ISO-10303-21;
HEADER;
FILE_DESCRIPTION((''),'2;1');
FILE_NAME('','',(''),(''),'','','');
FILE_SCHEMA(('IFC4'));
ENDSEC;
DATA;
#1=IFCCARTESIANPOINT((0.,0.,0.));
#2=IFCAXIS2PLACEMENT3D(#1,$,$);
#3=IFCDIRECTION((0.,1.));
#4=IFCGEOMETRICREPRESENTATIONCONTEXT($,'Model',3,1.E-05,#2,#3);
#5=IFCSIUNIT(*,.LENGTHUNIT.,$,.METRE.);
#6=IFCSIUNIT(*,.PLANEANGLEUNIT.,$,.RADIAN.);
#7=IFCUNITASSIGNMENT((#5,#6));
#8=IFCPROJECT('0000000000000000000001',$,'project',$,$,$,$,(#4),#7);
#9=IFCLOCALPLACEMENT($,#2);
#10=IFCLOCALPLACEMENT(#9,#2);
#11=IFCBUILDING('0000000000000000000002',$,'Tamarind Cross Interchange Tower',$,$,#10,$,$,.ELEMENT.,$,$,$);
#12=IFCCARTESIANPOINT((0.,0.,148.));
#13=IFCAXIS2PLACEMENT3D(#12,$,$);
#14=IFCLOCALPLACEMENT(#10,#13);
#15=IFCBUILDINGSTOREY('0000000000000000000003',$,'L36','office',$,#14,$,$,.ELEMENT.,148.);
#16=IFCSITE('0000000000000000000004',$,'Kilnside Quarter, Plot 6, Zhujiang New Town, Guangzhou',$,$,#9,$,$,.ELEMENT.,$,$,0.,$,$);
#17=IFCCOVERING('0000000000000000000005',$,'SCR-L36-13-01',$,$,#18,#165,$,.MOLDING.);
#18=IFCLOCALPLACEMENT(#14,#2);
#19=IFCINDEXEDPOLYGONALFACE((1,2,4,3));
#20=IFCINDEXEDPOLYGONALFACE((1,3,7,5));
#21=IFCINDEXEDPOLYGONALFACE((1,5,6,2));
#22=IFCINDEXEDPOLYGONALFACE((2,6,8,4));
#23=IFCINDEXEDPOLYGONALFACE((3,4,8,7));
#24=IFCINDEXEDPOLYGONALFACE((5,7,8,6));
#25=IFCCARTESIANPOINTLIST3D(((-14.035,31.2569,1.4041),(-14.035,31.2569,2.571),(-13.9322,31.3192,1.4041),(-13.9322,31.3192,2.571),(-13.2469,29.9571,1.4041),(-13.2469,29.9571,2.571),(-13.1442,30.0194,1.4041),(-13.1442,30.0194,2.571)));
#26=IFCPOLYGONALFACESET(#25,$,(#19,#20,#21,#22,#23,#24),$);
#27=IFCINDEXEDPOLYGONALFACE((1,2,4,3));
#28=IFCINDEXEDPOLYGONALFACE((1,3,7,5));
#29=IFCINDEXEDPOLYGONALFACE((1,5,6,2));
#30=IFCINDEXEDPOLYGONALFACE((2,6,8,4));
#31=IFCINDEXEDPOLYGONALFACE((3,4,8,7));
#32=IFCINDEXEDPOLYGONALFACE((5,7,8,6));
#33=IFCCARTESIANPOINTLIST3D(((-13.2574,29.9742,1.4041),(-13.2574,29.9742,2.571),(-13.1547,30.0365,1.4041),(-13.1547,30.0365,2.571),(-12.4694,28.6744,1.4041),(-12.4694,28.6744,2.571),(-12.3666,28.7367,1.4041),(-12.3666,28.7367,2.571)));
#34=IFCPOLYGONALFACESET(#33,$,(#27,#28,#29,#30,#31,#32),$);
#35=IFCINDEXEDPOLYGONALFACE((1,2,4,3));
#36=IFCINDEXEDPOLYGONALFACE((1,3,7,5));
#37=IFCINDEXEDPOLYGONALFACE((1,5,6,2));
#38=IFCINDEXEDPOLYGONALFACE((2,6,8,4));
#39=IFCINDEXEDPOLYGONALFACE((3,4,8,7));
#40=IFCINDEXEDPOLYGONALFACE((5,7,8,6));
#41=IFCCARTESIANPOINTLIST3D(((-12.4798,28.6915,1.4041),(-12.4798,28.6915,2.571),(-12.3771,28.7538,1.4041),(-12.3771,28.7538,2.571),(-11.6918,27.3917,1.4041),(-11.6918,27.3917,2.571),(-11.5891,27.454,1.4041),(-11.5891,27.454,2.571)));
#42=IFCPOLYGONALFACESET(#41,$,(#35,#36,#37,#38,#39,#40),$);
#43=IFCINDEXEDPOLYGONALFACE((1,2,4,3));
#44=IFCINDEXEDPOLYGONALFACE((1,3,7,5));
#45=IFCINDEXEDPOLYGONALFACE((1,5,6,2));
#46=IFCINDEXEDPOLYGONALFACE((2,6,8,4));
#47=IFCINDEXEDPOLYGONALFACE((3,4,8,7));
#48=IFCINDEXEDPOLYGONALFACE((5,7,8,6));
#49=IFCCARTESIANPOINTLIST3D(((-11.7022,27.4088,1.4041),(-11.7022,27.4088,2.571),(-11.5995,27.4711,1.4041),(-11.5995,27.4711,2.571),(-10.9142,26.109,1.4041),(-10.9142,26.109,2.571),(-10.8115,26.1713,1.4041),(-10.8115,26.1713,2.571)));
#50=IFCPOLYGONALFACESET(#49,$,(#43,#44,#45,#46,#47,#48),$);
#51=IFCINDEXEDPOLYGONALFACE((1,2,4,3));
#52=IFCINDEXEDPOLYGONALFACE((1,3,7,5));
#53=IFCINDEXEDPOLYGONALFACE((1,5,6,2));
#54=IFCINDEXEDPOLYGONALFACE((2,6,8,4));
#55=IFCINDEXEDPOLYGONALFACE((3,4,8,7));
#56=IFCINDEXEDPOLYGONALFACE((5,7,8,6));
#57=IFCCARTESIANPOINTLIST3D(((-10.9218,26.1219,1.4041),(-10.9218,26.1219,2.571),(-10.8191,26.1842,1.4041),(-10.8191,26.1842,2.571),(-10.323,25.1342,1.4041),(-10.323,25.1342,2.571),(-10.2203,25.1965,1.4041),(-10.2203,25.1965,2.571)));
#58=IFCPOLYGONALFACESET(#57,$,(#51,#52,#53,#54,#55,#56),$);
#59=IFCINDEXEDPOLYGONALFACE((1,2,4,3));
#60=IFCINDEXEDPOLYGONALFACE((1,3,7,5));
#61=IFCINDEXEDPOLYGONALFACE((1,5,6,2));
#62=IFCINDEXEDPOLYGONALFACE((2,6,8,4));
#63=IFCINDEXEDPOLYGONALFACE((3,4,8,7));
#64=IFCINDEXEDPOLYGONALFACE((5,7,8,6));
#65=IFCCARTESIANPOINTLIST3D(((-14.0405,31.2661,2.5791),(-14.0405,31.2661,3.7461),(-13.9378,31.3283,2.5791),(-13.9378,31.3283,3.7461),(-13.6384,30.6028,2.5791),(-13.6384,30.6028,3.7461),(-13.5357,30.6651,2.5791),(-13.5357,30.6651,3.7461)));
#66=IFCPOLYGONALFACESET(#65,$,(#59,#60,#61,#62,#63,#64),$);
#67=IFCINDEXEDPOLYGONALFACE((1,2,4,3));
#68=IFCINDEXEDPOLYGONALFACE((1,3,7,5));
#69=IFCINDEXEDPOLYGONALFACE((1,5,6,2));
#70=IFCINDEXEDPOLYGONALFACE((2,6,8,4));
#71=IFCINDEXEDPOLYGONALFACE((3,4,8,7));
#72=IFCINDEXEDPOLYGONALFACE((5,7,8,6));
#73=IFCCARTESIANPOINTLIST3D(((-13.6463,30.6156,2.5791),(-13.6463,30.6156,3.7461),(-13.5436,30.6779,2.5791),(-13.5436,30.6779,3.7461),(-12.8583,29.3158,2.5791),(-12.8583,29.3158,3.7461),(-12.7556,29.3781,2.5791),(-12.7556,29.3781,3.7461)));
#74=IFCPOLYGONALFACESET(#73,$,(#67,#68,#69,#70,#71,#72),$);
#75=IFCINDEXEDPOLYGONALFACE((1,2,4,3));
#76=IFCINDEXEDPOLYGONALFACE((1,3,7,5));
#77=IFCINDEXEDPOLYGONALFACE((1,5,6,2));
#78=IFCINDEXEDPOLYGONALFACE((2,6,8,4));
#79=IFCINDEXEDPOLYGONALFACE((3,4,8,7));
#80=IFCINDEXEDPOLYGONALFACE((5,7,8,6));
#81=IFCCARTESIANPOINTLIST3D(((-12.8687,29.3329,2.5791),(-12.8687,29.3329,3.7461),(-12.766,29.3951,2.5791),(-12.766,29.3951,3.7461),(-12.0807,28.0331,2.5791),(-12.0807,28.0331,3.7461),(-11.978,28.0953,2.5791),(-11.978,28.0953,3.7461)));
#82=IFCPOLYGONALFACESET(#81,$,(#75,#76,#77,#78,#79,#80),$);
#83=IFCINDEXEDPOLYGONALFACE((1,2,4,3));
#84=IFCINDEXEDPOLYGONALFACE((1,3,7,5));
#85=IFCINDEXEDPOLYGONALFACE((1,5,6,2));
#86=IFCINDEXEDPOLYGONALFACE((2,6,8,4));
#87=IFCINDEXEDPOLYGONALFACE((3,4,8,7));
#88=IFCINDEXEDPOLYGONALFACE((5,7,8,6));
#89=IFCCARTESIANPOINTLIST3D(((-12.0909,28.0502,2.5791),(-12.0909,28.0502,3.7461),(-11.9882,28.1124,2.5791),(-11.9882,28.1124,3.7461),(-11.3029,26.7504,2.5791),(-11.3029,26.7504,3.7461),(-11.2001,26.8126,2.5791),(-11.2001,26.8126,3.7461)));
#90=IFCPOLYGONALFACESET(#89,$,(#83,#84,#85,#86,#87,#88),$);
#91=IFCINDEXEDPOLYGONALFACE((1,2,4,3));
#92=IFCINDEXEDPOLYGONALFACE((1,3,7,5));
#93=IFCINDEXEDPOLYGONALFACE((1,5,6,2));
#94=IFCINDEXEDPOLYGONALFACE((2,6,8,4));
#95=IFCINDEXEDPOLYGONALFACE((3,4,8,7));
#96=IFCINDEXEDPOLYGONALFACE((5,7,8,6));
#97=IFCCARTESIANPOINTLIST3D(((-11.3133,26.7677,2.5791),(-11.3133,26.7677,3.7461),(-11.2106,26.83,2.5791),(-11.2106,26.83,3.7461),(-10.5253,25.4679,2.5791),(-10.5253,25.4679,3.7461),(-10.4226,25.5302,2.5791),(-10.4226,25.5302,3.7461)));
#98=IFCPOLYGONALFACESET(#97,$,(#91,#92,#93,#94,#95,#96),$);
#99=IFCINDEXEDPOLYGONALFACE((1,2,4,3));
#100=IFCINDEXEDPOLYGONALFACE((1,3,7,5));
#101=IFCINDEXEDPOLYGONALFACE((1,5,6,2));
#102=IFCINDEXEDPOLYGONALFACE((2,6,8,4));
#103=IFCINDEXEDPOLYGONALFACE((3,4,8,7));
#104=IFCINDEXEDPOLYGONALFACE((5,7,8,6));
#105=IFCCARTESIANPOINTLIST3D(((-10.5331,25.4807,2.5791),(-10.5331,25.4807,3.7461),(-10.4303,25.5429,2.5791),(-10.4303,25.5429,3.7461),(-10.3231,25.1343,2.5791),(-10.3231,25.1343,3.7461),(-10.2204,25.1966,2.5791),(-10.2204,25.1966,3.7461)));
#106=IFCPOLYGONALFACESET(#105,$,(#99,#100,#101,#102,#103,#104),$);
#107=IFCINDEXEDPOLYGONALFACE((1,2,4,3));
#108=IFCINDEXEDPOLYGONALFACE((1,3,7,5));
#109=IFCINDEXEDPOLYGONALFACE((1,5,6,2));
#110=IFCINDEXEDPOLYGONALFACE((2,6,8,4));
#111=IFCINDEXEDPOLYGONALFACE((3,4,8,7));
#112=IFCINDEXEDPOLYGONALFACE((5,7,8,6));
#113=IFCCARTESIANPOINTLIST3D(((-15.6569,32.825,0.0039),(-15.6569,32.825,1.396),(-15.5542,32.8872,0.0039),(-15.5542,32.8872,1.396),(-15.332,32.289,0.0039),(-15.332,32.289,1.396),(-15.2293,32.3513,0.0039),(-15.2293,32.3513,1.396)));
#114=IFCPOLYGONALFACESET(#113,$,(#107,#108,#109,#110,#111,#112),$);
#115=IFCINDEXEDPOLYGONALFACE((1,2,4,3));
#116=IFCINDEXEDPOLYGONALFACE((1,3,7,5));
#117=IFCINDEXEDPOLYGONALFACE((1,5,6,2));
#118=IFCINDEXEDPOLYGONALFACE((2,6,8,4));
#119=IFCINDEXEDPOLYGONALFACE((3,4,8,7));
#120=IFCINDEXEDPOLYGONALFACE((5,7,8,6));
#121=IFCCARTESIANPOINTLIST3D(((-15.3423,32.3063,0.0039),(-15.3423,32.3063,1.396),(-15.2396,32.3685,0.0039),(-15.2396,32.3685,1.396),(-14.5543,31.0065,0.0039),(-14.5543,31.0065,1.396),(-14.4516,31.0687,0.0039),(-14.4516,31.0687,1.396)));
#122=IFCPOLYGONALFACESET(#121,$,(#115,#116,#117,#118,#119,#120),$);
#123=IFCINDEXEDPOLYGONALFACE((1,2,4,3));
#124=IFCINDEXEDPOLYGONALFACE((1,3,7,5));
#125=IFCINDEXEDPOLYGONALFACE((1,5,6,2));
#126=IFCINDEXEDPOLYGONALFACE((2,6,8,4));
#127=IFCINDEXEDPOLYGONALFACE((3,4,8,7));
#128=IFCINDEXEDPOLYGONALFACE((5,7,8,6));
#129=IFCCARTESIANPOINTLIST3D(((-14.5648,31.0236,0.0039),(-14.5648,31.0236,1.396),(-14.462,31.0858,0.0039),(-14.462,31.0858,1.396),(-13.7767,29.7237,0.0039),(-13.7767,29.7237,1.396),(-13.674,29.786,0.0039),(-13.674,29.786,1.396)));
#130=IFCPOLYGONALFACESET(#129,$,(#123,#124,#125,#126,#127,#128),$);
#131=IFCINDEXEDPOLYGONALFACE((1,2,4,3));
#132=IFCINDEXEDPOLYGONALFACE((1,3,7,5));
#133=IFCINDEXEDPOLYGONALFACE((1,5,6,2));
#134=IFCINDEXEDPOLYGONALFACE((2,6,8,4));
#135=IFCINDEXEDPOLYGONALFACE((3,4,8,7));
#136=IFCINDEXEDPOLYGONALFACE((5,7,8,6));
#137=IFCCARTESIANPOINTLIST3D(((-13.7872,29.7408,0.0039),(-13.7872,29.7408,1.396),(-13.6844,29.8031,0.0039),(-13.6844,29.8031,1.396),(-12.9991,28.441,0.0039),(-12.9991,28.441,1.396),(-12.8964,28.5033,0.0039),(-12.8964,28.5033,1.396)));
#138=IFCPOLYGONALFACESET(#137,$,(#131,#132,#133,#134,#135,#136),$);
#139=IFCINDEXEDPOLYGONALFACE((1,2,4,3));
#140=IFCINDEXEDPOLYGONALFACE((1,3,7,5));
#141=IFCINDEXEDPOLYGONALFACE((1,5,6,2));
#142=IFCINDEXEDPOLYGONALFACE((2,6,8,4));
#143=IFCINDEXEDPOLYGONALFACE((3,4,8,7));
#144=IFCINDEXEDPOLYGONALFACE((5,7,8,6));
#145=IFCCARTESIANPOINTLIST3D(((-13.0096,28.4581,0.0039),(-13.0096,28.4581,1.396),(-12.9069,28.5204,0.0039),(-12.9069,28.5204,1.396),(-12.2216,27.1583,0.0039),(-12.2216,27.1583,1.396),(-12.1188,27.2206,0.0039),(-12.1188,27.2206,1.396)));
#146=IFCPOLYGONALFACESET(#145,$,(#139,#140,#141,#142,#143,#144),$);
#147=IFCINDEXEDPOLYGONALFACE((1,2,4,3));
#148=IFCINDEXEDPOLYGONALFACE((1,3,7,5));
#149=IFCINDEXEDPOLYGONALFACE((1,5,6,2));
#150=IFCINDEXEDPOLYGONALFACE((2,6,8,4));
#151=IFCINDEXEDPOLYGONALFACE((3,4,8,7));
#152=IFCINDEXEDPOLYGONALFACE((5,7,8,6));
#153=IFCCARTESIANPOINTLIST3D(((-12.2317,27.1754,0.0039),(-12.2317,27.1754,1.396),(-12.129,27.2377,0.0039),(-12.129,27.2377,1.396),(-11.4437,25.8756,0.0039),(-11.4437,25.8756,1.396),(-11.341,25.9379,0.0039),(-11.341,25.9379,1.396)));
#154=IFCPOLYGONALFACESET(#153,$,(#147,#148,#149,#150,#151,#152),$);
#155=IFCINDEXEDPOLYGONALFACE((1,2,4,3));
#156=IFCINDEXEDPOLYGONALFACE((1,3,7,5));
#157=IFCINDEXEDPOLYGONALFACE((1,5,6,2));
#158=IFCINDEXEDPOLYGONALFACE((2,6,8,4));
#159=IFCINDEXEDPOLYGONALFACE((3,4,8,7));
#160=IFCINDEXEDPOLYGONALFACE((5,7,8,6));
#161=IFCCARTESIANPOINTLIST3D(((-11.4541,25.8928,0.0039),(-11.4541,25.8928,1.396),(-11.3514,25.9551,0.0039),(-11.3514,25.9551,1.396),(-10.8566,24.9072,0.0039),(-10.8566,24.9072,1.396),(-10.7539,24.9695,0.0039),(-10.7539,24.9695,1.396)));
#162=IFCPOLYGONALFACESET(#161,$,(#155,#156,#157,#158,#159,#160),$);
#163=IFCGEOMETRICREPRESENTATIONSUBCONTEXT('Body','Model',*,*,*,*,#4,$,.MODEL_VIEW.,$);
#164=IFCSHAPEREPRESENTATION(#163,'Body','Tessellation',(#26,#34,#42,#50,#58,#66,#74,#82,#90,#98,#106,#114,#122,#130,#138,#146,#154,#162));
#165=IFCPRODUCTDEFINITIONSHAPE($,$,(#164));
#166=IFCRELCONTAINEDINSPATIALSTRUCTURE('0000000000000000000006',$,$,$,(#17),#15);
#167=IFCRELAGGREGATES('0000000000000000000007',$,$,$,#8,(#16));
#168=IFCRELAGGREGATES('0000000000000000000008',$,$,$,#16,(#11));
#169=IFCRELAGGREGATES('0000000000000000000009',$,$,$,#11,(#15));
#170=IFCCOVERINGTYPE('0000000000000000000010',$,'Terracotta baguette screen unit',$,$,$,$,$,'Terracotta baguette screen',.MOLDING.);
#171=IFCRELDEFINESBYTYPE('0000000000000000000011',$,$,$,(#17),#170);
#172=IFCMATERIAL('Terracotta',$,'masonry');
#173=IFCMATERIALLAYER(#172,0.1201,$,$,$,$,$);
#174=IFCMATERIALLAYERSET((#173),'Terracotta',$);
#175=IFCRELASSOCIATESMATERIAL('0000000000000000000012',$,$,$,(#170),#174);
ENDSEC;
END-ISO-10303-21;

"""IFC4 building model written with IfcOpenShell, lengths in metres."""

from ifc_helpers import new_model, si_unit, direction, frame, origin, origin_2d, place, context, subcontext, project, spatial, rectangle, extrude, material, layer, layer_set, type_object, element, save


model = new_model("IFC4")

# Units and contexts
model_context = context("Model", 3, precision=1e-05, world=origin(), true_north=direction((0.0, 1.0)))
body_context = subcontext(model_context, "Body", "Model", "MODEL_VIEW")
ifc_project = project(units=[si_unit("LENGTHUNIT", "METRE"), si_unit("PLANEANGLEUNIT", "RADIAN")], contexts=[model_context])

# Site, building, storey
site_placement = place(None, origin())
site = spatial("IfcSite", under=ifc_project, at=site_placement, Name="Kilnside Quarter, Plot 6, Zhujiang New Town, Guangzhou", CompositionType="ELEMENT", RefElevation=0.0)
building_placement = place(site_placement, origin())
building = spatial("IfcBuilding", under=site, at=building_placement, Name="Tamarind Cross Interchange Tower", CompositionType="ELEMENT")
storey_placement = place(building_placement, frame((0.0, 0.0, 148.0)))
storey = spatial("IfcBuildingStorey", under=building, at=storey_placement, Name="L36", Description="office", CompositionType="ELEMENT", Elevation=148.0)

# Covering
ifc_material_1 = material(Name="Terracotta", Category="masonry")
ifc_layer_1 = layer(ifc_material_1, 0.1201)
ifc_layer_set_1 = layer_set([ifc_layer_1], Name="Terracotta")
covering_type = type_object("IfcCoveringType", Name="Terracotta baguette screen unit", ElementType="Terracotta baguette screen", PredefinedType="MOLDING", material=ifc_layer_set_1)
covering_1_placement = place(storey_placement, origin())
element("IfcCovering", 1, at=covering_1_placement, inside=storey, type_object=covering_type, Name="SCR-L36-13-01", PredefinedType="MOLDING", context=body_context, shape_type="SweptSolid", body=[
    extrude(rectangle(XDim=1.52, YDim=0.1201, at=origin_2d()), frame((-13.5896, 30.6382, 1.4041), z_axis=(0.0, 0.0, 1.0), x_axis=(0.518425, -0.855123, 0.0)), (0.0, 0.0, 1.0), 1.167),
    extrude(rectangle(XDim=1.52, YDim=0.1201, at=origin_2d()), frame((-12.812, 29.3555, 1.4041), z_axis=(0.0, 0.0, 1.0), x_axis=(0.518425, -0.855123, 0.0)), (0.0, 0.0, 1.0), 1.167),
    extrude(rectangle(XDim=1.52, YDim=0.1201, at=origin_2d()), frame((-12.0344, 28.0728, 1.4041), z_axis=(0.0, 0.0, 1.0), x_axis=(0.518425, -0.855123, 0.0)), (0.0, 0.0, 1.0), 1.167),
    extrude(rectangle(XDim=1.52, YDim=0.1201, at=origin_2d()), frame((-11.2568, 26.79, 1.4041), z_axis=(0.0, 0.0, 1.0), x_axis=(0.518425, -0.855123, 0.0)), (0.0, 0.0, 1.0), 1.167),
    extrude(rectangle(XDim=1.155, YDim=0.1201, at=origin_2d()), frame((-10.571, 25.6592, 1.4041), z_axis=(0.0, 0.0, 1.0), x_axis=(0.518425, -0.855123, 0.0)), (0.0, 0.0, 1.0), 1.167),
    extrude(rectangle(XDim=0.7756, YDim=0.1201, at=origin_2d()), frame((-13.7881, 30.9656, 2.5791), z_axis=(0.0, 0.0, 1.0), x_axis=(0.518425, -0.855123, 0.0)), (0.0, 0.0, 1.0), 1.167),
    extrude(rectangle(XDim=1.52, YDim=0.1201, at=origin_2d()), frame((-13.2009, 29.9968, 2.5791), z_axis=(0.0, 0.0, 1.0), x_axis=(0.518425, -0.855123, 0.0)), (0.0, 0.0, 1.0), 1.167),
    extrude(rectangle(XDim=1.52, YDim=0.1201, at=origin_2d()), frame((-12.4233, 28.7141, 2.5791), z_axis=(0.0, 0.0, 1.0), x_axis=(0.518425, -0.855123, 0.0)), (0.0, 0.0, 1.0), 1.167),
    extrude(rectangle(XDim=1.52, YDim=0.1201, at=origin_2d()), frame((-11.6455, 27.4314, 2.5791), z_axis=(0.0, 0.0, 1.0), x_axis=(0.518425, -0.855123, 0.0)), (0.0, 0.0, 1.0), 1.167),
    extrude(rectangle(XDim=1.52, YDim=0.1201, at=origin_2d()), frame((-10.8679, 26.1489, 2.5791), z_axis=(0.0, 0.0, 1.0), x_axis=(0.518425, -0.855123, 0.0)), (0.0, 0.0, 1.0), 1.167),
    extrude(rectangle(XDim=0.405, YDim=0.1201, at=origin_2d()), frame((-10.3767, 25.3386, 2.5791), z_axis=(0.0, 0.0, 1.0), x_axis=(0.518425, -0.855123, 0.0)), (0.0, 0.0, 1.0), 1.167),
    extrude(rectangle(XDim=0.6267, YDim=0.1201, at=origin_2d()), frame((-15.4431, 32.5881, 0.0039), z_axis=(0.0, 0.0, 1.0), x_axis=(0.518425, -0.855123, 0.0)), (0.0, 0.0, 1.0), 1.3921),
    extrude(rectangle(XDim=1.52, YDim=0.1201, at=origin_2d()), frame((-14.897, 31.6875, 0.0039), z_axis=(0.0, 0.0, 1.0), x_axis=(0.518425, -0.855123, 0.0)), (0.0, 0.0, 1.0), 1.3921),
    extrude(rectangle(XDim=1.52, YDim=0.1201, at=origin_2d()), frame((-14.1194, 30.4048, 0.0039), z_axis=(0.0, 0.0, 1.0), x_axis=(0.518425, -0.855123, 0.0)), (0.0, 0.0, 1.0), 1.3921),
    extrude(rectangle(XDim=1.52, YDim=0.1201, at=origin_2d()), frame((-13.3418, 29.1221, 0.0039), z_axis=(0.0, 0.0, 1.0), x_axis=(0.518425, -0.855123, 0.0)), (0.0, 0.0, 1.0), 1.3921),
    extrude(rectangle(XDim=1.52, YDim=0.1201, at=origin_2d()), frame((-12.5642, 27.8394, 0.0039), z_axis=(0.0, 0.0, 1.0), x_axis=(0.518425, -0.855123, 0.0)), (0.0, 0.0, 1.0), 1.3921),
    extrude(rectangle(XDim=1.52, YDim=0.1201, at=origin_2d()), frame((-11.7864, 26.5566, 0.0039), z_axis=(0.0, 0.0, 1.0), x_axis=(0.518425, -0.855123, 0.0)), (0.0, 0.0, 1.0), 1.3921),
    extrude(rectangle(XDim=1.1526, YDim=0.1201, at=origin_2d()), frame((-11.104, 25.4312, 0.0039), z_axis=(0.0, 0.0, 1.0), x_axis=(0.518425, -0.855123, 0.0)), (0.0, 0.0, 1.0), 1.3921),
])

save(model, "model.ifc")
